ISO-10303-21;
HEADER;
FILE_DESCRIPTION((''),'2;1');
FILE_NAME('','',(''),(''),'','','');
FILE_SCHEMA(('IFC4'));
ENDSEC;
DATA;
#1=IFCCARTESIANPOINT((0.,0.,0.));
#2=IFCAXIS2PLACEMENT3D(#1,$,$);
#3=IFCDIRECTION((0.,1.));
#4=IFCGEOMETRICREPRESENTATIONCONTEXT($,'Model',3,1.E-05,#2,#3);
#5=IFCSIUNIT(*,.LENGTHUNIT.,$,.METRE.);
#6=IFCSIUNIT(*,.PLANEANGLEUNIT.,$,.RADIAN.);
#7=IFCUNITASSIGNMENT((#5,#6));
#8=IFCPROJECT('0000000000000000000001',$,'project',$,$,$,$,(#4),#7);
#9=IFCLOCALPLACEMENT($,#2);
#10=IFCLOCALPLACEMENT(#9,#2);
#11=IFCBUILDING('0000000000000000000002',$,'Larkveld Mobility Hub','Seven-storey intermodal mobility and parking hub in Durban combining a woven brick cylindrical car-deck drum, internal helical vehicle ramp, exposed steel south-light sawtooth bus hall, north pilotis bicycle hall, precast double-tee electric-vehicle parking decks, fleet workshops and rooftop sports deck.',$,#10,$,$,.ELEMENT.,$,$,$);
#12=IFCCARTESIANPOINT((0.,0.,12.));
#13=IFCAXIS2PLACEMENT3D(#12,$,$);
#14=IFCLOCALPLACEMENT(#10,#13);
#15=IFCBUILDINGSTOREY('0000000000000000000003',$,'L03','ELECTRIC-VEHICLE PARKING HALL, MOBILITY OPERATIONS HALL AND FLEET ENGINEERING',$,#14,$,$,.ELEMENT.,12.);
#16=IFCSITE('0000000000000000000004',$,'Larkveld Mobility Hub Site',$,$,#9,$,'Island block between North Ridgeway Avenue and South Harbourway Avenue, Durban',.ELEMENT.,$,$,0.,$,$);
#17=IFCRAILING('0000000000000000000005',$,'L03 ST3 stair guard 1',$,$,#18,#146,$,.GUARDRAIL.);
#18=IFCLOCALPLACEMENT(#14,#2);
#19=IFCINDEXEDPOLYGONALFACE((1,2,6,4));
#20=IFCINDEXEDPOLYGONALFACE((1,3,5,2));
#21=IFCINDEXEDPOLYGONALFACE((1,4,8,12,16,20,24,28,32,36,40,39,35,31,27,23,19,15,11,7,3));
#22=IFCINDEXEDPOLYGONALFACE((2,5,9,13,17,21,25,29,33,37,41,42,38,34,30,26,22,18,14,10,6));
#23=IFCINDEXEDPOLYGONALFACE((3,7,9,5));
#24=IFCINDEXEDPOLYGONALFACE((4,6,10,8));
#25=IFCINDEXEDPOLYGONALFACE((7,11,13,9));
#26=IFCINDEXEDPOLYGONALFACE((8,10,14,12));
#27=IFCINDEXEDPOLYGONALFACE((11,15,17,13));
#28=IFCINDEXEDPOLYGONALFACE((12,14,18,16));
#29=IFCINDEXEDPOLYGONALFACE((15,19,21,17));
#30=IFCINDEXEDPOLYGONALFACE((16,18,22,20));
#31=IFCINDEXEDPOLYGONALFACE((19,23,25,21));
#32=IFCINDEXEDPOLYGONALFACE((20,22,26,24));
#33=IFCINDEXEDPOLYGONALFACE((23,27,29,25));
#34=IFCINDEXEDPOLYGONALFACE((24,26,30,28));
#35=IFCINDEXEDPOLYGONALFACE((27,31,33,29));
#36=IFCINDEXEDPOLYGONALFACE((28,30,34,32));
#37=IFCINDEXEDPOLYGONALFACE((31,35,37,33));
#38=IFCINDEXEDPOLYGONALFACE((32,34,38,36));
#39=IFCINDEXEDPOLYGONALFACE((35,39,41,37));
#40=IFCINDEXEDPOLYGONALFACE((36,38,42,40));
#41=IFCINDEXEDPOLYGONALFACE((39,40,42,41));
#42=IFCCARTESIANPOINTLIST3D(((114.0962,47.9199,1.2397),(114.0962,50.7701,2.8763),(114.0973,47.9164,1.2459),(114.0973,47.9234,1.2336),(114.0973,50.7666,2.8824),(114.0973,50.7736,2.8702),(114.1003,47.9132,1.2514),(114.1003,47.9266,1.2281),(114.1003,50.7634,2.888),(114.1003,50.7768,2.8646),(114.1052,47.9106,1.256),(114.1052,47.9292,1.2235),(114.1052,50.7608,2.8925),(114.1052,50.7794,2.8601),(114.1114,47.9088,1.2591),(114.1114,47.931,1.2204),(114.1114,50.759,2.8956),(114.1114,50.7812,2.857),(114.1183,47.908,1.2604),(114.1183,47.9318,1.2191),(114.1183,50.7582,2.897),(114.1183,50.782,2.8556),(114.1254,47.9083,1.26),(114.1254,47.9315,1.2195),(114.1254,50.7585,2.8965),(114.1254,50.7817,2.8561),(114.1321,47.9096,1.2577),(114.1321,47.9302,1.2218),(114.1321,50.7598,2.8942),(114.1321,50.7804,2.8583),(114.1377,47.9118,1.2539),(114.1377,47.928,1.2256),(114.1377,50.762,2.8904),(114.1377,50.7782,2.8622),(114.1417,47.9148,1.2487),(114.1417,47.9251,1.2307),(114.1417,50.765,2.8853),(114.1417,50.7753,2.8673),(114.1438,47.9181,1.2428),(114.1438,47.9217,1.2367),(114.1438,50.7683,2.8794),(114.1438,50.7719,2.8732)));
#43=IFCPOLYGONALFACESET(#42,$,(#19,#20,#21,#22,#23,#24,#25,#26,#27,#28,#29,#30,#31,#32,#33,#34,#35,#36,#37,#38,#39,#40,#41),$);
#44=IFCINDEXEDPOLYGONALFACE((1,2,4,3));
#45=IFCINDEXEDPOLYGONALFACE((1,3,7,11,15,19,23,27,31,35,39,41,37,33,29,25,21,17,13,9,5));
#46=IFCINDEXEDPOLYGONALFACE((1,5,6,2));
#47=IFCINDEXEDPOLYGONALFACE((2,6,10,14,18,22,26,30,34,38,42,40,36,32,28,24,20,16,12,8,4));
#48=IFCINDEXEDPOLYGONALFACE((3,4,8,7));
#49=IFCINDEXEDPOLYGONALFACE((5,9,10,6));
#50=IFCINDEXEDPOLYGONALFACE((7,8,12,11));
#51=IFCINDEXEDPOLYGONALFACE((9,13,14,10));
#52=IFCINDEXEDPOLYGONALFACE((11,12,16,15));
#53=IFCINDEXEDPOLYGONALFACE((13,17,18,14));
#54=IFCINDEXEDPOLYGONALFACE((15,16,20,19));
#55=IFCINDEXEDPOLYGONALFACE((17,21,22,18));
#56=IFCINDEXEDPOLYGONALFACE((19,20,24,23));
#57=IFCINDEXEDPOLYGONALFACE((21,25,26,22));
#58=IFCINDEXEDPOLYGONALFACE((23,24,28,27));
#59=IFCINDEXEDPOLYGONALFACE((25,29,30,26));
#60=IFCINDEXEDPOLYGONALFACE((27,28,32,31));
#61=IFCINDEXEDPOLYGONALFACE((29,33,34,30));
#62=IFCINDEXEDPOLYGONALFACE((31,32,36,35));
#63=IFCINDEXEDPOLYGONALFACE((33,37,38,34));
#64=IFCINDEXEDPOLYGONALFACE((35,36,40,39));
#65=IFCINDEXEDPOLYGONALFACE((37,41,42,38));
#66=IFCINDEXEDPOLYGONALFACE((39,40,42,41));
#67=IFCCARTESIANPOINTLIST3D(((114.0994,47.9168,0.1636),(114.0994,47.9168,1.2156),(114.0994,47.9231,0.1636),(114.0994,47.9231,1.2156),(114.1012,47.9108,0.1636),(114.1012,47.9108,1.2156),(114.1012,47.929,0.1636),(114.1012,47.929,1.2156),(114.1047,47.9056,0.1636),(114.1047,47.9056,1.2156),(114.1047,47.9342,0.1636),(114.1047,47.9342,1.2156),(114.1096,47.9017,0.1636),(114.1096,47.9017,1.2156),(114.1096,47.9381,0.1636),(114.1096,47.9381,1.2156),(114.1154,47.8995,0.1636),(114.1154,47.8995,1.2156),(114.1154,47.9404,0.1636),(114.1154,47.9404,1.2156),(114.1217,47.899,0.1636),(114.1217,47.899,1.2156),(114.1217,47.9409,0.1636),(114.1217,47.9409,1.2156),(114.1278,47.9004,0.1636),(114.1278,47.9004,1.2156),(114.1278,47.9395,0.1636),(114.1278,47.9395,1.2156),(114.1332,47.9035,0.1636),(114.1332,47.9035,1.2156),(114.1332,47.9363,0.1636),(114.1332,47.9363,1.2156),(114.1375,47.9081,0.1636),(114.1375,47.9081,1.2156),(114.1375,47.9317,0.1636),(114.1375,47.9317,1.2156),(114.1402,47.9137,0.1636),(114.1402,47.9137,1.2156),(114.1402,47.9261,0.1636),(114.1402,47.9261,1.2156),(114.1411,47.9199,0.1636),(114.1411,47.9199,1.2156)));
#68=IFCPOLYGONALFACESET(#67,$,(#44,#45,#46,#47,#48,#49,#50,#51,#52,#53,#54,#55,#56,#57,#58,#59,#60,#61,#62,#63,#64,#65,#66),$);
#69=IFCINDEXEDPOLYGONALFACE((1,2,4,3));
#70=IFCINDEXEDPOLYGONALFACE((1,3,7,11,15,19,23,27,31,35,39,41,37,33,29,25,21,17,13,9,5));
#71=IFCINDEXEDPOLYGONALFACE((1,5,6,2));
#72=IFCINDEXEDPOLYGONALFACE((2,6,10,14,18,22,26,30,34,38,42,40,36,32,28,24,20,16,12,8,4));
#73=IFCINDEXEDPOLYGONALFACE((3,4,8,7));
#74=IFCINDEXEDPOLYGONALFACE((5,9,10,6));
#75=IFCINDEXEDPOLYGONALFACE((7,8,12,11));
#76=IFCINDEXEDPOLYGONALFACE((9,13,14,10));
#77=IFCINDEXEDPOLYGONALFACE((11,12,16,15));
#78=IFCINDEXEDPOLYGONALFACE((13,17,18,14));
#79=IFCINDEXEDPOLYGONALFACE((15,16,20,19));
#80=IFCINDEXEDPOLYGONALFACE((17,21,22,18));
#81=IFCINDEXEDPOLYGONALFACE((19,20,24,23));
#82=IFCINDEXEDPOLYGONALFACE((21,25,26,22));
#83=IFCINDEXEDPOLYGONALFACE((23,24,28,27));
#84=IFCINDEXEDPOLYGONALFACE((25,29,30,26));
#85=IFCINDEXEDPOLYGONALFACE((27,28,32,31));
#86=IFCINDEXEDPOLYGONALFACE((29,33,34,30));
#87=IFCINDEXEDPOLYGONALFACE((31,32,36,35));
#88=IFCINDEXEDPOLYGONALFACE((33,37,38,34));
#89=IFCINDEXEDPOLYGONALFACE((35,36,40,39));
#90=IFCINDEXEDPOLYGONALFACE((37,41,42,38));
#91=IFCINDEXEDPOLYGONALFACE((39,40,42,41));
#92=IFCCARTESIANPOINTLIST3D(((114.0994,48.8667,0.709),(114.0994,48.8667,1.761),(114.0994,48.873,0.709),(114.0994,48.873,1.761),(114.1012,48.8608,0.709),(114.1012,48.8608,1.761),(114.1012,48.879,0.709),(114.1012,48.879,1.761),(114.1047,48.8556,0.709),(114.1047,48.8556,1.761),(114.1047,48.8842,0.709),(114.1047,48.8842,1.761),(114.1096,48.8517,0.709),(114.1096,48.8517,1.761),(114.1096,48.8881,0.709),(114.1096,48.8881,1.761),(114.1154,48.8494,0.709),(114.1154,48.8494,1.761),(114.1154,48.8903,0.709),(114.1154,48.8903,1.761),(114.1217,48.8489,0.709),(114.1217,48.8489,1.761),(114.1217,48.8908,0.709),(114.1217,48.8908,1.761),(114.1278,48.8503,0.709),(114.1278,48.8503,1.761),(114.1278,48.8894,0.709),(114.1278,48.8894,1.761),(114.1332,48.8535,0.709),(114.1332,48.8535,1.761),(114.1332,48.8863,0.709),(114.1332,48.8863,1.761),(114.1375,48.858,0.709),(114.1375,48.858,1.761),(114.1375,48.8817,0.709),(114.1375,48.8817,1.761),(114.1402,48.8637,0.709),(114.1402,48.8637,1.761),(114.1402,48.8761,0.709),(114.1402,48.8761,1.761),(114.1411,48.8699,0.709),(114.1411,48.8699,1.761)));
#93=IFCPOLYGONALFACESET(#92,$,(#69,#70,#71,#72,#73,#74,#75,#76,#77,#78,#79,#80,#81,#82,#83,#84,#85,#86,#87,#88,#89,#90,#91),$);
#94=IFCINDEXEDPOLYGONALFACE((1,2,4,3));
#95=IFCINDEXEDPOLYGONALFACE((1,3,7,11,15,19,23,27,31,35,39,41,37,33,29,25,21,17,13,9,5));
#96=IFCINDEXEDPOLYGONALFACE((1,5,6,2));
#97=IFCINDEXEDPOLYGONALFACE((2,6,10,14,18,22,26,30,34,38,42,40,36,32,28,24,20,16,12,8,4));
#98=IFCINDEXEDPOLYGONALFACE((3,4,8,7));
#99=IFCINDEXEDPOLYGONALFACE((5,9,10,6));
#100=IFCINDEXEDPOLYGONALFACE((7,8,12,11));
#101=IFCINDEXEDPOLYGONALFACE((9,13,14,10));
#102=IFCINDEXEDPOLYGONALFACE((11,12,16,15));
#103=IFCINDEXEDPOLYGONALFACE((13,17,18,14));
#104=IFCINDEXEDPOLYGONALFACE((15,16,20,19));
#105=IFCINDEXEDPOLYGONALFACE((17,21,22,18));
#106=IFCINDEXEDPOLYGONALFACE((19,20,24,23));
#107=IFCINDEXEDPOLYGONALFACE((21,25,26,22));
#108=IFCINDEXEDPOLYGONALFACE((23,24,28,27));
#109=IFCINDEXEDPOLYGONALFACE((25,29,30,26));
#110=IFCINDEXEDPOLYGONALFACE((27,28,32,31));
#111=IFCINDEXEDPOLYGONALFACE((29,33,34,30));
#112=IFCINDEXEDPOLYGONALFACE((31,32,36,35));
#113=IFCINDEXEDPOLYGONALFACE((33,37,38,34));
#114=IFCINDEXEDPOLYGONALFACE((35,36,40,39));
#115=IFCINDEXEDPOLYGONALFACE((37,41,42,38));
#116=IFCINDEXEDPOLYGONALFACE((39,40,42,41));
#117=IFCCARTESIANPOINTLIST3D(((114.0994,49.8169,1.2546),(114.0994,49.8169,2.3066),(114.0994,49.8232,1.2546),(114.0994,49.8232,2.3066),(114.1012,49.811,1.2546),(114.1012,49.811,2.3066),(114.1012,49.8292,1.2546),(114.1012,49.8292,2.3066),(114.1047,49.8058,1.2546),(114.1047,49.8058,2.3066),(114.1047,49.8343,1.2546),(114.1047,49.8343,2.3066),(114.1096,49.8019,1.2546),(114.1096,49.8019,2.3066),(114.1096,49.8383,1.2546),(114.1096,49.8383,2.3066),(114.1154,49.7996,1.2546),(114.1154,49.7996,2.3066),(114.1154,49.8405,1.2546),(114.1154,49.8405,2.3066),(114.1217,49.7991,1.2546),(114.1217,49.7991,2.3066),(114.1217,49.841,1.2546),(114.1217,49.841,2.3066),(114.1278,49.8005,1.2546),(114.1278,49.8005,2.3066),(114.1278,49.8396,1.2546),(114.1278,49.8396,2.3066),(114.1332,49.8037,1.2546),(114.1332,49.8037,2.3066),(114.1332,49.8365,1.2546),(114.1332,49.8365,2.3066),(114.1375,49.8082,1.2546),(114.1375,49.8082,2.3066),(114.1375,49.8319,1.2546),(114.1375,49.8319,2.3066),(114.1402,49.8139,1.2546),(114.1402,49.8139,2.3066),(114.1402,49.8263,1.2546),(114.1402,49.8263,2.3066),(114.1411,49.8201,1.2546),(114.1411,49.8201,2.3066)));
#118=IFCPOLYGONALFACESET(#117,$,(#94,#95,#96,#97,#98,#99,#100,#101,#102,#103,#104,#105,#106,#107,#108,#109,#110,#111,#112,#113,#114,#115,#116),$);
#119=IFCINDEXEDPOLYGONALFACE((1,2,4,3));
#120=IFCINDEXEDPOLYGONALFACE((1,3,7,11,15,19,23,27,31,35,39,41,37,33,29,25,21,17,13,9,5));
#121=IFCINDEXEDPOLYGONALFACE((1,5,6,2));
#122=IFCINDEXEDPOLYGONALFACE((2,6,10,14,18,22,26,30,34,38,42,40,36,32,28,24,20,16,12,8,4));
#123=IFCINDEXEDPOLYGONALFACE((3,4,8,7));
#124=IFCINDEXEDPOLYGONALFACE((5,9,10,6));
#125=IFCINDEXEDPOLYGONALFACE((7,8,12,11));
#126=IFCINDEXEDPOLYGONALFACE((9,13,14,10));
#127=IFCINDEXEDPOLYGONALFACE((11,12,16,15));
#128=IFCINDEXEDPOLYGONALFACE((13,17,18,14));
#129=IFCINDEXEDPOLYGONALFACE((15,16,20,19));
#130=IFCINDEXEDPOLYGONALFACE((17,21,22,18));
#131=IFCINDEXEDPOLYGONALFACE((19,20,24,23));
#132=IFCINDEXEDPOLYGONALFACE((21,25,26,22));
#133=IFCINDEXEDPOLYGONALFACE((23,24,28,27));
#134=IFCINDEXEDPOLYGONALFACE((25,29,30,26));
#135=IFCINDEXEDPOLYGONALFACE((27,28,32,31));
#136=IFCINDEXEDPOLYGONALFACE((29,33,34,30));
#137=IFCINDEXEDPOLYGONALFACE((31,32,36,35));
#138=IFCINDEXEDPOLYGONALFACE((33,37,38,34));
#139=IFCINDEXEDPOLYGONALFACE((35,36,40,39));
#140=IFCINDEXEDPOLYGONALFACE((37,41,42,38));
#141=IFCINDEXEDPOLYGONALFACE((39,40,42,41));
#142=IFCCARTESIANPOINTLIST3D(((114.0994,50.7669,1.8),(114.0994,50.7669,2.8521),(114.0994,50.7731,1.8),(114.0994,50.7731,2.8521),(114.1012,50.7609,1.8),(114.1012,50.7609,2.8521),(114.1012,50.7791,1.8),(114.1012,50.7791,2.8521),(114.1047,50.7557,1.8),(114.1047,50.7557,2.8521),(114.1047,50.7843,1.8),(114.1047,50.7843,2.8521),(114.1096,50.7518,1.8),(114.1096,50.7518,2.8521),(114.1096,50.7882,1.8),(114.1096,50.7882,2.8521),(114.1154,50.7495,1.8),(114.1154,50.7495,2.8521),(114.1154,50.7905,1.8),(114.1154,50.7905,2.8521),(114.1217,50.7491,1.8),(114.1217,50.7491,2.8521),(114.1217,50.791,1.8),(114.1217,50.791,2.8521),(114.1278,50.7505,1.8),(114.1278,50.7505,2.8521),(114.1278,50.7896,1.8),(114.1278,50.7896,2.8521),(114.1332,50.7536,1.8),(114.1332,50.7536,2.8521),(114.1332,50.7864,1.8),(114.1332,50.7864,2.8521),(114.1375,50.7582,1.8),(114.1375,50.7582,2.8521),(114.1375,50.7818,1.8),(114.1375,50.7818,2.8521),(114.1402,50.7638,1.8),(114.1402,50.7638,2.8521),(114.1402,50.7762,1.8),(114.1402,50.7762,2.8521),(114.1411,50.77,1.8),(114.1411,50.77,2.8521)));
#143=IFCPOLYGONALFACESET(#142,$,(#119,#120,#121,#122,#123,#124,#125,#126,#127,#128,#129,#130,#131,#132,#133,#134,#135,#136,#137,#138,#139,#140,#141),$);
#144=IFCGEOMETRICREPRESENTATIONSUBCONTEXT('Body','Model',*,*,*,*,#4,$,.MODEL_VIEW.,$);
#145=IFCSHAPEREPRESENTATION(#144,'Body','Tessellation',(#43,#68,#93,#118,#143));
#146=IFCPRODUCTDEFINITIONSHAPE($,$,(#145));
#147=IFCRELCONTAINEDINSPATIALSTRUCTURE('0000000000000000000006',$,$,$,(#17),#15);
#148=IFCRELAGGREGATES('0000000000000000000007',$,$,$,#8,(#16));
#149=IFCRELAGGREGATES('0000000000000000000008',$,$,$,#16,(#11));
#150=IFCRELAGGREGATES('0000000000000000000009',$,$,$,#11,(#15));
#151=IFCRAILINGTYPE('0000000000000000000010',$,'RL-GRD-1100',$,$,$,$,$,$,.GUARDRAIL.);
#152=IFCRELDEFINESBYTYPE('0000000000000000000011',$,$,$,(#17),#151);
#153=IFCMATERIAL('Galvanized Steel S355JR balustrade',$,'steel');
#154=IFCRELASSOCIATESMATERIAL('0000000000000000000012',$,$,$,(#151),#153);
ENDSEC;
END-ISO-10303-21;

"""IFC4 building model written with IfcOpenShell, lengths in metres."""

from ifc_helpers import new_model, si_unit, direction, frame, origin, origin_2d, place, context, subcontext, project, spatial, circle, extrude, material, type_object, element, save


model = new_model("IFC4")

# Units and contexts
model_context = context("Model", 3, precision=1e-05, world=origin(), true_north=direction((0.0, 1.0)))
body_context = subcontext(model_context, "Body", "Model", "MODEL_VIEW")
ifc_project = project(units=[si_unit("LENGTHUNIT", "METRE"), si_unit("PLANEANGLEUNIT", "RADIAN")], contexts=[model_context])

# Site, building, storey
site_placement = place(None, origin())
site = spatial("IfcSite", under=ifc_project, at=site_placement, Name="Larkveld Mobility Hub Site", LongName="Island block between North Ridgeway Avenue and South Harbourway Avenue, Durban", CompositionType="ELEMENT", RefElevation=0.0)
building_placement = place(site_placement, origin())
building = spatial("IfcBuilding", under=site, at=building_placement, Name="Larkveld Mobility Hub", Description="Seven-storey intermodal mobility and parking hub in Durban combining a woven brick cylindrical car-deck drum, internal helical vehicle ramp, exposed steel south-light sawtooth bus hall, north pilotis bicycle hall, precast double-tee electric-vehicle parking decks, fleet workshops and rooftop sports deck.", CompositionType="ELEMENT")
storey_placement = place(building_placement, frame((0.0, 0.0, 12.0)))
storey = spatial("IfcBuildingStorey", under=building, at=storey_placement, Name="L03", Description="ELECTRIC-VEHICLE PARKING HALL, MOBILITY OPERATIONS HALL AND FLEET ENGINEERING", CompositionType="ELEMENT", Elevation=12.0)

# Railing
ifc_material_1 = material(Name="Galvanized Steel S355JR balustrade", Category="steel")
railing_type_1 = type_object("IfcRailingType", Name="RL-GRD-1100", PredefinedType="GUARDRAIL", material=ifc_material_1)
railing_1_placement = place(storey_placement, frame((114.1201, 47.9199, 0.1636)))
element("IfcRailing", 1, at=railing_1_placement, inside=storey, type_object=railing_type_1, Name="L03 ST3 stair guard 1", PredefinedType="GUARDRAIL", context=body_context, shape_type="SweptSolid", body=[
    extrude(circle(Radius=0.0239, at=origin_2d()), frame((0.0, 0.0, 1.0762), z_axis=(0.0, 0.867213, 0.497938), x_axis=(-1.0, 0.0, 0.0)), (0.0, 0.0, 1.0), 3.2866),
    extrude(circle(Radius=0.021, at=origin_2d()), origin(), (0.0, 0.0, 1.0), 1.052),
    extrude(circle(Radius=0.021, at=origin_2d()), frame((0.0, 0.95, 0.5454)), (0.0, 0.0, 1.0), 1.052),
    extrude(circle(Radius=0.021, at=origin_2d()), frame((0.0, 1.9001, 1.0911)), (0.0, 0.0, 1.0), 1.052),
    extrude(circle(Radius=0.021, at=origin_2d()), frame((0.0, 2.8501, 1.6365)), (0.0, 0.0, 1.0), 1.052),
])

save(model, "model.ifc")
